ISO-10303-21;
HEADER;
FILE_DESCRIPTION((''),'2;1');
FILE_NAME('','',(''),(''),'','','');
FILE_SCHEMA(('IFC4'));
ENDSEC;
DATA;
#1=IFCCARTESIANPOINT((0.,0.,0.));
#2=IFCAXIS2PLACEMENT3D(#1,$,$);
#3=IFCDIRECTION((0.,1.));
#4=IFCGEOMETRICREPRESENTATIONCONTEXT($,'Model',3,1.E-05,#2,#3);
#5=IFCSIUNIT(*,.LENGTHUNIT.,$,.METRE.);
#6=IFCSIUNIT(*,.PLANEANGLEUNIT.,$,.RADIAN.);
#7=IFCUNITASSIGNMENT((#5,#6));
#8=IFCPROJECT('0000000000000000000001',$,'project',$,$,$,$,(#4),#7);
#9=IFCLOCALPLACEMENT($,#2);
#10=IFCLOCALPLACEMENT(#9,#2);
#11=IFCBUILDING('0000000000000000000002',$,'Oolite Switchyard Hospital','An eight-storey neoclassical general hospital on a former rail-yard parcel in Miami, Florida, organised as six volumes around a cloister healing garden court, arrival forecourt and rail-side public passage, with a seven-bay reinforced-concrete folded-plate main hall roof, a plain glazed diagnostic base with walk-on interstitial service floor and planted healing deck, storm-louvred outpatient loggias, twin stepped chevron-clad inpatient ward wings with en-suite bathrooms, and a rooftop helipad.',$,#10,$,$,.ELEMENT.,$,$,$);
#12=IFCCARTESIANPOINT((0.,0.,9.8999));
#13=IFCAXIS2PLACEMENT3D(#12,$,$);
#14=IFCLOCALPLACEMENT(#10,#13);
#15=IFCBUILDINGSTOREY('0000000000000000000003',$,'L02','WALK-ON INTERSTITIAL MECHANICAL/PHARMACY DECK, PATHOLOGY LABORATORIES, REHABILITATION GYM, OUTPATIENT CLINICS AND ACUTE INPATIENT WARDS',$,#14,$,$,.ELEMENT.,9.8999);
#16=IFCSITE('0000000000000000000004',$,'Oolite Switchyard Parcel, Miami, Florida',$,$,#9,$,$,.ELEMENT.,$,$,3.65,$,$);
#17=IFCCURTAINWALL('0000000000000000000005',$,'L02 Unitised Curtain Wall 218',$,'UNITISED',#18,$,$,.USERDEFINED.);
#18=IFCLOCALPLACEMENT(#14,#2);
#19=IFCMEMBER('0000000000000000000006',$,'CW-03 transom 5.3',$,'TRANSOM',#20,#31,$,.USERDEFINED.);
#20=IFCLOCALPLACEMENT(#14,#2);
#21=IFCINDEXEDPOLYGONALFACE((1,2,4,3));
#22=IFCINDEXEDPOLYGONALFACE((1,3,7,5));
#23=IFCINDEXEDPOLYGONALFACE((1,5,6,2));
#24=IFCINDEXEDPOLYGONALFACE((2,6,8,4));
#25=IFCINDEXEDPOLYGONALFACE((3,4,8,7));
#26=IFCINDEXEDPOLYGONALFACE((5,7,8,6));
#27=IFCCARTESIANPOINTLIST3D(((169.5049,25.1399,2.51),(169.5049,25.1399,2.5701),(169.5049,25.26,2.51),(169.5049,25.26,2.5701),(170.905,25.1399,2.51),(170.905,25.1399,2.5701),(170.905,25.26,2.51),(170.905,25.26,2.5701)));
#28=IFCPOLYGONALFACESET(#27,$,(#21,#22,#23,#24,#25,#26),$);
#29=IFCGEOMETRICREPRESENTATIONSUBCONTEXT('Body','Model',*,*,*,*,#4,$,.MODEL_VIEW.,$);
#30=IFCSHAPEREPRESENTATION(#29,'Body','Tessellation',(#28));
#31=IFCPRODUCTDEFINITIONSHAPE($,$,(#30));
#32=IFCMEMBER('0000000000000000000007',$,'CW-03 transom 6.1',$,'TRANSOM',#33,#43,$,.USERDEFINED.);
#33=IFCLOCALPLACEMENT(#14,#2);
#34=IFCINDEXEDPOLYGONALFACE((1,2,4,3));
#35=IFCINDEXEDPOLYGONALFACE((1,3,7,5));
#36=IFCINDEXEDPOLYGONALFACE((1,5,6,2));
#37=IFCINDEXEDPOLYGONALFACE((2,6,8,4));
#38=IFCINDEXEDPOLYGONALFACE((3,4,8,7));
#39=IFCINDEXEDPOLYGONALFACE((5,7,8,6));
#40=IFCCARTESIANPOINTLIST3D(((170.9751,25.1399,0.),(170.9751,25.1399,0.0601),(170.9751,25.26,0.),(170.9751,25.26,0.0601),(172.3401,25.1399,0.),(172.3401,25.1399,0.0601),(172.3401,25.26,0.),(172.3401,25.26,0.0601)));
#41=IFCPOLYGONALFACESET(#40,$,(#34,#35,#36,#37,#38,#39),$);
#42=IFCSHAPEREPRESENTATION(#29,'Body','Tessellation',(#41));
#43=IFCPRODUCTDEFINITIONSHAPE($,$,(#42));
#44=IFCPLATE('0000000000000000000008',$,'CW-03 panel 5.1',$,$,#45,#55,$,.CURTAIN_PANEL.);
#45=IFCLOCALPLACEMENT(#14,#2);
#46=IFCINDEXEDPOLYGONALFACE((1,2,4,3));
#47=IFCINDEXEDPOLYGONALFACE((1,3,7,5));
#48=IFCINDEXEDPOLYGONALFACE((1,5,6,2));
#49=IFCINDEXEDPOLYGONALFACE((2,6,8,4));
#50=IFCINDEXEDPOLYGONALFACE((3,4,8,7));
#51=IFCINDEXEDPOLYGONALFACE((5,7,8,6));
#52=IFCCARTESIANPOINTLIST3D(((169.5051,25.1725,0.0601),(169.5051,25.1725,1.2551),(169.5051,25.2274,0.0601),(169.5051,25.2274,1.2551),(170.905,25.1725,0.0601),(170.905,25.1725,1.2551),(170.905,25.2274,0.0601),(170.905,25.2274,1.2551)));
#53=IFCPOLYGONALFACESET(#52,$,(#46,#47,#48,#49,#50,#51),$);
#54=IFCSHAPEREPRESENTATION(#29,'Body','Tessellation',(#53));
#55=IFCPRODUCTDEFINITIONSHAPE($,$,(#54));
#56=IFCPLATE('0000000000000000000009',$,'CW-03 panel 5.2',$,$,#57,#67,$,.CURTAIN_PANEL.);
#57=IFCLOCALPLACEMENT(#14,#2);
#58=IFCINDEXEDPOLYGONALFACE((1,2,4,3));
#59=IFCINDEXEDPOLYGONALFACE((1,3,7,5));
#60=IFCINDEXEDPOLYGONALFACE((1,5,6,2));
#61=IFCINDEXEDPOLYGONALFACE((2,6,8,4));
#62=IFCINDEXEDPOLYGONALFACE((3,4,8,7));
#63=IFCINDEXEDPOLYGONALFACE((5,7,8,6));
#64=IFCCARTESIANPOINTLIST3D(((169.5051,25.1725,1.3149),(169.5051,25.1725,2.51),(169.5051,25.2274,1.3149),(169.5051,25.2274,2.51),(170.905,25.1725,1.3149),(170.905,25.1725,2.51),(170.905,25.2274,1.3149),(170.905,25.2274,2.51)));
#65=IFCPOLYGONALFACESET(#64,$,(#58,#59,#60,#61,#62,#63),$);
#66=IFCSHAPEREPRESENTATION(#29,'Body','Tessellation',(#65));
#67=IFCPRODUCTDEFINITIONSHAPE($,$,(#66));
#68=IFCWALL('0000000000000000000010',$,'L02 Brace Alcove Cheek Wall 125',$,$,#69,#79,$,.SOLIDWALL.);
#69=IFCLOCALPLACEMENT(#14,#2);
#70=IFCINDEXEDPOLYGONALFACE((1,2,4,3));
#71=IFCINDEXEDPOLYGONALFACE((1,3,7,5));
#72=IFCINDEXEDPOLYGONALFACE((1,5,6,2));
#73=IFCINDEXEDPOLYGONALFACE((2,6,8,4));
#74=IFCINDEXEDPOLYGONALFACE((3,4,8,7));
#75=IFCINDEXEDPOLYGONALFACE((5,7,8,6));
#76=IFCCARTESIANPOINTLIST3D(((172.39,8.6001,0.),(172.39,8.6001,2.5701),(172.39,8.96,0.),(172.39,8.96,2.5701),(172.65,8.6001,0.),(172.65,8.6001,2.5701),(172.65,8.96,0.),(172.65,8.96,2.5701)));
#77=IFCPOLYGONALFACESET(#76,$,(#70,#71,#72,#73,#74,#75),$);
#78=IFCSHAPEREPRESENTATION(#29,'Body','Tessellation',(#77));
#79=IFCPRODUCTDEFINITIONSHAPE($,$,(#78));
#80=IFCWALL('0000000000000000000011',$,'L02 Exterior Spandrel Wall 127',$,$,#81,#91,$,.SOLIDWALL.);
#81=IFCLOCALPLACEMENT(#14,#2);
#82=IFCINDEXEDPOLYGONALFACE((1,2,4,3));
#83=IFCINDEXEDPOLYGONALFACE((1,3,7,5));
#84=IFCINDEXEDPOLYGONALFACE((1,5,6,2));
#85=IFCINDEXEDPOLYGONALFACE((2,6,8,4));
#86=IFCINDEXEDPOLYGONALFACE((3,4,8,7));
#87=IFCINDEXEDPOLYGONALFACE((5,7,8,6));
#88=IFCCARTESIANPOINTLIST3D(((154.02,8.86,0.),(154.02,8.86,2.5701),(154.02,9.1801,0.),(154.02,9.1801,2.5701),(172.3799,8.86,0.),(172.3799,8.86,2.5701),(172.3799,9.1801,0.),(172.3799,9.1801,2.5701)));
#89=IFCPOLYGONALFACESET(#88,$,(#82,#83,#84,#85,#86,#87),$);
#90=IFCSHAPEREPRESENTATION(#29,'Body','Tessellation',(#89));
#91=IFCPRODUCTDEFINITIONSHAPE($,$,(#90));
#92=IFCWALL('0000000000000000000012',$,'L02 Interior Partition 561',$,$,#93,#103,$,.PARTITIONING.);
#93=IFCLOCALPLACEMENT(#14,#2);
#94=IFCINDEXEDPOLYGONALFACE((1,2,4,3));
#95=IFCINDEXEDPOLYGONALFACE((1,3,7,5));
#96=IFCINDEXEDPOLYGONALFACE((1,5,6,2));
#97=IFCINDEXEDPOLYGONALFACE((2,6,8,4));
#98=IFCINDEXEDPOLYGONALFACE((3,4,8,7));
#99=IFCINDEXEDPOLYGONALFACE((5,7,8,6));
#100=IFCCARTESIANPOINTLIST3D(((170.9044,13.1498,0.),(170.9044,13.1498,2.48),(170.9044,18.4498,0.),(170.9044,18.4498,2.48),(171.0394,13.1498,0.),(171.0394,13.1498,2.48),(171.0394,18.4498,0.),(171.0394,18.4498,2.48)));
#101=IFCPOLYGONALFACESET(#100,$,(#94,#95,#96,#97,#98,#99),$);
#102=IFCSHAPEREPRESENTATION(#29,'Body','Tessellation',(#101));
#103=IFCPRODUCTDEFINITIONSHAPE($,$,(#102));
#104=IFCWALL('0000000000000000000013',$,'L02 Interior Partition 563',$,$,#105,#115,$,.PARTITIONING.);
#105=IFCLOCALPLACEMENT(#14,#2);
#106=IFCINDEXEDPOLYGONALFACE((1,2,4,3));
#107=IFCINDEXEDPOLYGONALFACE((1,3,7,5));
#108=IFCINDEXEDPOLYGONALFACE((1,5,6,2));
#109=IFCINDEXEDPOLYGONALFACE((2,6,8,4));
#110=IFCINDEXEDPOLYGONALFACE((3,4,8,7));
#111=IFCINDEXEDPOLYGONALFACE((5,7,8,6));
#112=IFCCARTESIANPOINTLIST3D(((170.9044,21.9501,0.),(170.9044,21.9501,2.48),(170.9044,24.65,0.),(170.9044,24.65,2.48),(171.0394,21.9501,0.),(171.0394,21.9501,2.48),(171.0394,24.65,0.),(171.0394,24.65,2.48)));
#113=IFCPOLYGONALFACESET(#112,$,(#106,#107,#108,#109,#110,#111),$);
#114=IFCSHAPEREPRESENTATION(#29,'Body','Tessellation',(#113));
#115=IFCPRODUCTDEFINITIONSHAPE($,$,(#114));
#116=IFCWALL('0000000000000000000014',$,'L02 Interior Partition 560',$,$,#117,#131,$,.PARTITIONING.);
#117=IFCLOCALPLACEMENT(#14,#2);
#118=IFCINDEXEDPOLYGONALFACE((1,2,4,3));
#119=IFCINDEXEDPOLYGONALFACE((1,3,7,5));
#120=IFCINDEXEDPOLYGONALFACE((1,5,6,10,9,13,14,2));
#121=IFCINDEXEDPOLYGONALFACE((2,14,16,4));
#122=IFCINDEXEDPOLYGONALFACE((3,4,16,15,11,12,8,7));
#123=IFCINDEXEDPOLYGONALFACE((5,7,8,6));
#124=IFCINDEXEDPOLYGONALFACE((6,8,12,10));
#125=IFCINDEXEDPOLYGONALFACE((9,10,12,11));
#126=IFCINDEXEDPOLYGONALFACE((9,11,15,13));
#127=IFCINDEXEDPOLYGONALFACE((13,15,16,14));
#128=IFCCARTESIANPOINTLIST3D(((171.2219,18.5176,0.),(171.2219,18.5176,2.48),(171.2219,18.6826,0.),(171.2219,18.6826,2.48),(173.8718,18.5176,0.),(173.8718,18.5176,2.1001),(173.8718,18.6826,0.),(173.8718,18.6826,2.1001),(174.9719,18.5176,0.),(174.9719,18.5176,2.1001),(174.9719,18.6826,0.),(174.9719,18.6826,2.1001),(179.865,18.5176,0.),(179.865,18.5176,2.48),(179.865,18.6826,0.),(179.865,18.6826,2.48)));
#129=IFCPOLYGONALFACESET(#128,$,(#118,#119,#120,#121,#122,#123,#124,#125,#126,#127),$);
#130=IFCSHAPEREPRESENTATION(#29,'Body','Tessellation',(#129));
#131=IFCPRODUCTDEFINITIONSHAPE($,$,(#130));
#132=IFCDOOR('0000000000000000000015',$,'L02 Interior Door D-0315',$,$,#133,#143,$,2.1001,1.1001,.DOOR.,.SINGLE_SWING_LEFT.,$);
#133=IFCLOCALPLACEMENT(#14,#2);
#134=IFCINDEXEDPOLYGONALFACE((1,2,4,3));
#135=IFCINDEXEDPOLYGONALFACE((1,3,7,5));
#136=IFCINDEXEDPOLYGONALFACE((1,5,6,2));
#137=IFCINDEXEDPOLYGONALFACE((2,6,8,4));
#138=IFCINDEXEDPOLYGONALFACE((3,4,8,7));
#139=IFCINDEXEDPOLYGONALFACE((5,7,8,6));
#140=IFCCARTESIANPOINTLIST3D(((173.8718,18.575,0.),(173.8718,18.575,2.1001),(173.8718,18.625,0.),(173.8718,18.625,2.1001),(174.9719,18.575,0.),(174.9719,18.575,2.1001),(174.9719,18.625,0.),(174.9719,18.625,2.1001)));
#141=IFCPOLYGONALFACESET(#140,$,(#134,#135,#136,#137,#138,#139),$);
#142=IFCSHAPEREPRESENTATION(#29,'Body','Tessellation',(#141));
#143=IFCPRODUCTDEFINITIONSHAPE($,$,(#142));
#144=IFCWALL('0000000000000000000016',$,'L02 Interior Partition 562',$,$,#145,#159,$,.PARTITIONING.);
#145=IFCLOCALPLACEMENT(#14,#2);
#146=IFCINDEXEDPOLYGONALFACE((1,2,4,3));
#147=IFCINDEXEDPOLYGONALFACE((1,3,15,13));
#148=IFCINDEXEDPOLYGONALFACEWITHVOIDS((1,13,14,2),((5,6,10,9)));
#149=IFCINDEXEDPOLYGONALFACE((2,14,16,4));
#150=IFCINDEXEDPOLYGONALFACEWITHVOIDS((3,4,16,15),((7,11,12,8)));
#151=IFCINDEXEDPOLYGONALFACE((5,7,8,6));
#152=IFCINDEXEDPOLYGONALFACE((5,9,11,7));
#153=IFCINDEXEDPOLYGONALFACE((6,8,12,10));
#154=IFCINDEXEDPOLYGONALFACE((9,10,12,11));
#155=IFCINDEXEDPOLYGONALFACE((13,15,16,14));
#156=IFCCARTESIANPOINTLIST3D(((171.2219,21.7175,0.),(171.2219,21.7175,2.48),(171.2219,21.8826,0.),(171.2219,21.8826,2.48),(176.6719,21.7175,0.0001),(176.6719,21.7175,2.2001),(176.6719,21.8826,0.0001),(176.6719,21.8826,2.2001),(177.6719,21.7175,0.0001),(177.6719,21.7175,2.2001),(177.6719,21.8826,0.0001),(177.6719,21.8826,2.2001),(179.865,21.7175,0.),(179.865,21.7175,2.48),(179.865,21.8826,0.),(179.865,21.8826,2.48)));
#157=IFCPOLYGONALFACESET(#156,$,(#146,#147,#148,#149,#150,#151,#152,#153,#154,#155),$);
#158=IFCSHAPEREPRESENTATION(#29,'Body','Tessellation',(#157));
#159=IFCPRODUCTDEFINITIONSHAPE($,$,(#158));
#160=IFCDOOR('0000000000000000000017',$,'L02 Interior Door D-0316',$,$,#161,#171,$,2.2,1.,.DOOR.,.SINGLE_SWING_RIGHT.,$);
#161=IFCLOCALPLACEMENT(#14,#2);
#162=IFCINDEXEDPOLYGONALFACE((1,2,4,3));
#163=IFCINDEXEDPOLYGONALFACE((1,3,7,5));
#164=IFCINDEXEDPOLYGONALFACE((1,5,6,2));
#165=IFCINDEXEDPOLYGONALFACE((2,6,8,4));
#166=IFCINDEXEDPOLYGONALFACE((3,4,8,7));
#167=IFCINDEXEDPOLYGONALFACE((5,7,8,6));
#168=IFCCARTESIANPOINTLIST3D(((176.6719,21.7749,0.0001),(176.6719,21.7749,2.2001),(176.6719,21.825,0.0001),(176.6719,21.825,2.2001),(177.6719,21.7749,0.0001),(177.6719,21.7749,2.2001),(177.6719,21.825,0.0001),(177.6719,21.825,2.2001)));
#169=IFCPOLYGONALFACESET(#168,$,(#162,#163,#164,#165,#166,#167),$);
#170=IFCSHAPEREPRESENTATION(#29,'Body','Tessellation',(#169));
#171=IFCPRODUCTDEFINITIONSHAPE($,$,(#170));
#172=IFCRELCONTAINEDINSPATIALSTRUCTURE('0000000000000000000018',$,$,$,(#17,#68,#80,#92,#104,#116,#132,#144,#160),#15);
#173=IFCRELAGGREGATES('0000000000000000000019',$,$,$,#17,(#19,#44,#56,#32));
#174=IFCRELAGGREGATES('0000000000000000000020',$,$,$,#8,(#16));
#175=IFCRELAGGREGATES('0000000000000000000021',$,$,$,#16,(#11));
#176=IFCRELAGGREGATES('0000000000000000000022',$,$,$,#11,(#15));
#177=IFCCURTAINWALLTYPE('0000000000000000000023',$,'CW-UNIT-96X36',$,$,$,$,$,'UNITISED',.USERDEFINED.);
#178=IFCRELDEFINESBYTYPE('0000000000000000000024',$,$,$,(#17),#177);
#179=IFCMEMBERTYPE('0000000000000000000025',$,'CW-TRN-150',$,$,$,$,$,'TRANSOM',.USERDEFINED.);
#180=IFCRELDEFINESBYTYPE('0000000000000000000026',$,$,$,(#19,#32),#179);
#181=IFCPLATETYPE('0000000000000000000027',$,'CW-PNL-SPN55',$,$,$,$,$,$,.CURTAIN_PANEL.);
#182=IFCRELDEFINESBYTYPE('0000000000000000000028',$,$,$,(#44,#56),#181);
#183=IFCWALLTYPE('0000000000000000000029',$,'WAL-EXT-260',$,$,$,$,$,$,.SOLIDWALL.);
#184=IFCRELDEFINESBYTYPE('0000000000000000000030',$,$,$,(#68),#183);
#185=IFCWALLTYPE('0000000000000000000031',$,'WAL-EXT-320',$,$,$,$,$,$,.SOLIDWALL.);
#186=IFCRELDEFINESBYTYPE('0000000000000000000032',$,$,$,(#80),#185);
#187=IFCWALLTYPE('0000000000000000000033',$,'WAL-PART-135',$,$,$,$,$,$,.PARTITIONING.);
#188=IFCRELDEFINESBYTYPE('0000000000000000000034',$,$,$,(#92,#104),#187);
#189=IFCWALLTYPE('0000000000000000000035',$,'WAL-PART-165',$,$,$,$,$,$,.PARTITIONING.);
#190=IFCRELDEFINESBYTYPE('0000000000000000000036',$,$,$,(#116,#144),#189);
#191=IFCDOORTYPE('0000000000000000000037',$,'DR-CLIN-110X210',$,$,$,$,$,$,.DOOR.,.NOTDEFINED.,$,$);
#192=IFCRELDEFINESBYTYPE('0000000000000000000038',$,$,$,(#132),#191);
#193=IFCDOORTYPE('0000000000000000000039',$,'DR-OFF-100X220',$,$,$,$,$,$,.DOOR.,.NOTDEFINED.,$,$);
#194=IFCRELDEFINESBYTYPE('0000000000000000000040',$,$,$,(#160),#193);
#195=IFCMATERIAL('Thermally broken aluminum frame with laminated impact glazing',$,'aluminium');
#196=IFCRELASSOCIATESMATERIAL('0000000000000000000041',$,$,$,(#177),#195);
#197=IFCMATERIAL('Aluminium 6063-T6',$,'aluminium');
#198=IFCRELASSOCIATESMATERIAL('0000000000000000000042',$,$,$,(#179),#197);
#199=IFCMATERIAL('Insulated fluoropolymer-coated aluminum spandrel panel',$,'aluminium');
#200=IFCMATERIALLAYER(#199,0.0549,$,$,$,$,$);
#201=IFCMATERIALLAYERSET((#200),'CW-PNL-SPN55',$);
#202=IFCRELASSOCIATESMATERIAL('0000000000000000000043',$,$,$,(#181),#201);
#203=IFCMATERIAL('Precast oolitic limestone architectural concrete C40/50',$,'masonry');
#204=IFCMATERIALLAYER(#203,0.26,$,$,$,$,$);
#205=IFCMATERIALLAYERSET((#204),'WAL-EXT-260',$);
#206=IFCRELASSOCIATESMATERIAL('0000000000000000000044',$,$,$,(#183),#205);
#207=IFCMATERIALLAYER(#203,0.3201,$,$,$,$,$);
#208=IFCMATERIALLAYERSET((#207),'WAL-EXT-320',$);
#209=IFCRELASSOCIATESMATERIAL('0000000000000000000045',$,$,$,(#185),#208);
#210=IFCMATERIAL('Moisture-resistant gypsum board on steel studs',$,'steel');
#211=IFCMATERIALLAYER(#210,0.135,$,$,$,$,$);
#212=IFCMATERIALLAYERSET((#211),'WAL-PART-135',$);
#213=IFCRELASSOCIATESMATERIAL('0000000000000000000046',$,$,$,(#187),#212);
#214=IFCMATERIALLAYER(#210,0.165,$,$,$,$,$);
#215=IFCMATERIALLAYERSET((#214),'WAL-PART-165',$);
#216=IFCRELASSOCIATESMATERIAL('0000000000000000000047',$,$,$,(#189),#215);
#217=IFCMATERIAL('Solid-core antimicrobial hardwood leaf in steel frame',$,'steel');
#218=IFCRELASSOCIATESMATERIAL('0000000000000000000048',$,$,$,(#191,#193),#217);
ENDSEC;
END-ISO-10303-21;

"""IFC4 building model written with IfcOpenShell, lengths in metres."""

from ifc_helpers import new_model, si_unit, direction, frame, frame_2d, origin, origin_2d, place, context, subcontext, project, spatial, rectangle, extrude, material, layer, layer_set, material_profile, profile_set, type_object, element, fill, aggregate, save


model = new_model("IFC4")

# Units and contexts
model_context = context("Model", 3, precision=1e-05, world=origin(), true_north=direction((0.0, 1.0)))
body_context = subcontext(model_context, "Body", "Model", "MODEL_VIEW")
ifc_project = project(units=[si_unit("LENGTHUNIT", "METRE"), si_unit("PLANEANGLEUNIT", "RADIAN")], contexts=[model_context])

# Site, building, storey
site_placement = place(None, origin())
site = spatial("IfcSite", under=ifc_project, at=site_placement, Name="Oolite Switchyard Parcel, Miami, Florida", CompositionType="ELEMENT", RefElevation=3.65)
building_placement = place(site_placement, origin())
building = spatial("IfcBuilding", under=site, at=building_placement, Name="Oolite Switchyard Hospital", Description="An eight-storey neoclassical general hospital on a former rail-yard parcel in Miami, Florida, organised as six volumes around a cloister healing garden court, arrival forecourt and rail-side public passage, with a seven-bay reinforced-concrete folded-plate main hall roof, a plain glazed diagnostic base with walk-on interstitial service floor and planted healing deck, storm-louvred outpatient loggias, twin stepped chevron-clad inpatient ward wings with en-suite bathrooms, and a rooftop helipad.", CompositionType="ELEMENT")
storey_placement = place(building_placement, frame((0.0, 0.0, 9.8999)))
storey = spatial("IfcBuildingStorey", under=building, at=storey_placement, Name="L02", Description="WALK-ON INTERSTITIAL MECHANICAL/PHARMACY DECK, PATHOLOGY LABORATORIES, REHABILITATION GYM, OUTPATIENT CLINICS AND ACUTE INPATIENT WARDS", CompositionType="ELEMENT", Elevation=9.8999)

# Curtain wall
ifc_material_1 = material(Name="Thermally broken aluminum frame with laminated impact glazing", Category="aluminium")
ifc_material_2 = material(Name="Aluminium 6063-T6", Category="aluminium")
curtain_wall_type_1 = type_object("IfcCurtainWallType", Name="CW-UNIT-96X36", ElementType="UNITISED", PredefinedType="USERDEFINED", material=ifc_material_1)
curtain_wall_1_placement = place(storey_placement, origin())
curtain_wall_1 = element("IfcCurtainWall", 1, at=curtain_wall_1_placement, inside=storey, type_object=curtain_wall_type_1, Name="L02 Unitised Curtain Wall 218", ObjectType="UNITISED", PredefinedType="USERDEFINED")

# Members
ifc_material_profile_1 = material_profile(ifc_material_2, rectangle(XDim=0.1201, YDim=0.0601, at=origin_2d()), Name="CWT60X120")
ifc_profile_set_1 = profile_set([ifc_material_profile_1], Name="Aluminium 6063-T6")
member_type_1 = type_object("IfcMemberType", Name="CW-TRN-150", ElementType="TRANSOM", PredefinedType="USERDEFINED", material=ifc_profile_set_1)
member_1_placement = place(storey_placement, frame((169.5049, 25.2, 2.54), z_axis=(1.0, 0.0, 0.0), x_axis=(0.0, 1.0, 0.0)))
member_1 = element("IfcMember", 2, at=member_1_placement, type_object=member_type_1, Name="CW-03 transom 5.3", ObjectType="TRANSOM", PredefinedType="USERDEFINED", context=body_context, shape_type="SweptSolid", body=[
    extrude(rectangle(XDim=0.1201, YDim=0.0601, at=origin_2d()), origin(), (0.0, 0.0, 1.0), 1.4001),
])
member_2_placement = place(storey_placement, frame((170.9751, 25.2, 0.03), z_axis=(1.0, 0.0, 0.0), x_axis=(0.0, 1.0, 0.0)))
member_2 = element("IfcMember", 3, at=member_2_placement, type_object=member_type_1, Name="CW-03 transom 6.1", ObjectType="TRANSOM", PredefinedType="USERDEFINED", context=body_context, shape_type="SweptSolid", body=[
    extrude(rectangle(XDim=0.1201, YDim=0.0601, at=origin_2d()), origin(), (0.0, 0.0, 1.0), 1.365),
])

# Plates
ifc_material_3 = material(Name="Insulated fluoropolymer-coated aluminum spandrel panel", Category="aluminium")
ifc_layer_1 = layer(ifc_material_3, 0.0549)
ifc_layer_set_1 = layer_set([ifc_layer_1], Name="CW-PNL-SPN55")
plate_type = type_object("IfcPlateType", Name="CW-PNL-SPN55", PredefinedType="CURTAIN_PANEL", material=ifc_layer_set_1)
plate_1_placement = place(storey_placement, frame((170.2051, 25.2, 0.0601), z_axis=(0.0, 0.0, 1.0), x_axis=(1.0, 0.0, 0.0)))
plate_1 = element("IfcPlate", 4, at=plate_1_placement, type_object=plate_type, Name="CW-03 panel 5.1", PredefinedType="CURTAIN_PANEL", context=body_context, shape_type="SweptSolid", body=[
    extrude(rectangle(XDim=1.3999, YDim=0.0549, at=origin_2d()), origin(), (0.0, 0.0, 1.0), 1.1951),
])
plate_2_placement = place(storey_placement, frame((170.2051, 25.2, 1.3149), z_axis=(0.0, 0.0, 1.0), x_axis=(1.0, 0.0, 0.0)))
plate_2 = element("IfcPlate", 5, at=plate_2_placement, type_object=plate_type, Name="CW-03 panel 5.2", PredefinedType="CURTAIN_PANEL", context=body_context, shape_type="SweptSolid", body=[
    extrude(rectangle(XDim=1.3999, YDim=0.0549, at=origin_2d()), origin(), (0.0, 0.0, 1.0), 1.1951),
])
aggregate(curtain_wall_1, [member_1, plate_1, plate_2, member_2])

# Walls
ifc_material_4 = material(Name="Precast oolitic limestone architectural concrete C40/50", Category="masonry")
ifc_layer_2 = layer(ifc_material_4, 0.26)
ifc_layer_set_2 = layer_set([ifc_layer_2], Name="WAL-EXT-260")
wall_type_1 = type_object("IfcWallType", Name="WAL-EXT-260", PredefinedType="SOLIDWALL", material=ifc_layer_set_2)
wall_1_placement = place(storey_placement, frame((172.52, 8.6001, 0.0), z_axis=(0.0, 0.0, 1.0), x_axis=(0.0, 1.0, 0.0)))
element("IfcWall", 6, at=wall_1_placement, inside=storey, type_object=wall_type_1, Name="L02 Brace Alcove Cheek Wall 125", PredefinedType="SOLIDWALL", context=body_context, shape_type="SweptSolid", body=[
    extrude(rectangle(XDim=0.3599, YDim=0.26, at=frame_2d((0.1799, 0.0))), origin(), (0.0, 0.0, 1.0), 2.5701),
])
ifc_layer_3 = layer(ifc_material_4, 0.3201)
ifc_layer_set_3 = layer_set([ifc_layer_3], Name="WAL-EXT-320")
wall_type_2 = type_object("IfcWallType", Name="WAL-EXT-320", PredefinedType="SOLIDWALL", material=ifc_layer_set_3)
wall_2_placement = place(storey_placement, frame((172.3799, 9.02, 0.0), z_axis=(0.0, 0.0, 1.0), x_axis=(-1.0, 0.0, 0.0)))
element("IfcWall", 7, at=wall_2_placement, inside=storey, type_object=wall_type_2, Name="L02 Exterior Spandrel Wall 127", PredefinedType="SOLIDWALL", context=body_context, shape_type="SweptSolid", body=[
    extrude(rectangle(XDim=18.3599, YDim=0.3201, at=frame_2d((9.1799, 0.0))), origin(), (0.0, 0.0, 1.0), 2.5701),
])
ifc_material_5 = material(Name="Moisture-resistant gypsum board on steel studs", Category="steel")
ifc_layer_4 = layer(ifc_material_5, 0.135)
ifc_layer_set_4 = layer_set([ifc_layer_4], Name="WAL-PART-135")
wall_type_3 = type_object("IfcWallType", Name="WAL-PART-135", PredefinedType="PARTITIONING", material=ifc_layer_set_4)
wall_3_placement = place(storey_placement, frame((170.9719, 13.1499, 0.0), z_axis=(0.0, 0.0, 1.0), x_axis=(0.0, 1.0, 0.0)))
element("IfcWall", 8, at=wall_3_placement, inside=storey, type_object=wall_type_3, Name="L02 Interior Partition 561", PredefinedType="PARTITIONING", context=body_context, shape_type="SweptSolid", body=[
    extrude(rectangle(XDim=5.3, YDim=0.135, at=frame_2d((2.6499, 0.0))), origin(), (0.0, 0.0, 1.0), 2.48),
])
wall_4_placement = place(storey_placement, frame((170.9719, 21.95, 0.0), z_axis=(0.0, 0.0, 1.0), x_axis=(0.0, 1.0, 0.0)))
element("IfcWall", 9, at=wall_4_placement, inside=storey, type_object=wall_type_3, Name="L02 Interior Partition 563", PredefinedType="PARTITIONING", context=body_context, shape_type="SweptSolid", body=[
    extrude(rectangle(XDim=2.7, YDim=0.135, at=frame_2d((1.3501, 0.0))), origin(), (0.0, 0.0, 1.0), 2.48),
])

# Walls, openings, doors
ifc_layer_5 = layer(ifc_material_5, 0.165)
ifc_layer_set_5 = layer_set([ifc_layer_5], Name="WAL-PART-165")
wall_type_4 = type_object("IfcWallType", Name="WAL-PART-165", PredefinedType="PARTITIONING", material=ifc_layer_set_5)
wall_5_placement = place(storey_placement, frame((171.2219, 18.6001, 0.0), z_axis=(0.0, 0.0, 1.0), x_axis=(1.0, 0.0, 0.0)))
wall_5 = element("IfcWall", 10, at=wall_5_placement, inside=storey, type_object=wall_type_4, Name="L02 Interior Partition 560", PredefinedType="PARTITIONING", context=body_context, shape_type="SweptSolid", body=[
    extrude(rectangle(XDim=8.6431, YDim=0.165, at=frame_2d((4.3215, 0.0))), origin(), (0.0, 0.0, 1.0), 2.48),
])
opening_1_placement = place(wall_5_placement, frame((2.6499, 0.0, 0.0)))
opening_1 = element("IfcOpeningElement", 11, at=opening_1_placement, cuts=wall_5, PredefinedType="OPENING", context=body_context, shape_type="SweptSolid", body=[
    extrude(rectangle(XDim=1.1001, YDim=2.1001, at=frame_2d((0.55, 1.05))), frame((0.0, 0.0925, 0.0), z_axis=(0.0, -1.0, 0.0), x_axis=(1.0, 0.0, 0.0)), (0.0, 0.0, 1.0), 0.1851),
])
ifc_material_6 = material(Name="Solid-core antimicrobial hardwood leaf in steel frame", Category="steel")
door_type_1 = type_object("IfcDoorType", Name="DR-CLIN-110X210", OperationType="NOTDEFINED", PredefinedType="DOOR", material=ifc_material_6)
door_1_placement = place(opening_1_placement, origin())
door_1 = element("IfcDoor", 12, at=door_1_placement, inside=storey, type_object=door_type_1, Name="L02 Interior Door D-0315", OperationType="SINGLE_SWING_LEFT", OverallHeight=2.1001, OverallWidth=1.1001, PredefinedType="DOOR", context=body_context, shape_type="SweptSolid", body=[
    extrude(rectangle(XDim=1.1001, YDim=2.1001, at=frame_2d((0.55, 1.05))), frame((0.0, 0.0249, 0.0), z_axis=(0.0, -1.0, 0.0), x_axis=(1.0, 0.0, 0.0)), (0.0, 0.0, 1.0), 0.05),
])
fill(opening_1, door_1)
wall_6_placement = place(storey_placement, frame((171.2219, 21.8, 0.0), z_axis=(0.0, 0.0, 1.0), x_axis=(1.0, 0.0, 0.0)))
wall_6 = element("IfcWall", 13, at=wall_6_placement, inside=storey, type_object=wall_type_4, Name="L02 Interior Partition 562", PredefinedType="PARTITIONING", context=body_context, shape_type="SweptSolid", body=[
    extrude(rectangle(XDim=8.6431, YDim=0.165, at=frame_2d((4.3215, 0.0))), origin(), (0.0, 0.0, 1.0), 2.48),
])
opening_2_placement = place(wall_6_placement, frame((5.45, 0.0, 0.0)))
opening_2 = element("IfcOpeningElement", 14, at=opening_2_placement, cuts=wall_6, PredefinedType="OPENING", context=body_context, shape_type="SweptSolid", body=[
    extrude(rectangle(XDim=1.0, YDim=2.2, at=frame_2d((0.5, 1.1001))), frame((0.0, 0.0925, 0.0), z_axis=(0.0, -1.0, 0.0), x_axis=(1.0, 0.0, 0.0)), (0.0, 0.0, 1.0), 0.1851),
])
door_type_2 = type_object("IfcDoorType", Name="DR-OFF-100X220", OperationType="NOTDEFINED", PredefinedType="DOOR", material=ifc_material_6)
door_2_placement = place(opening_2_placement, origin())
door_2 = element("IfcDoor", 15, at=door_2_placement, inside=storey, type_object=door_type_2, Name="L02 Interior Door D-0316", OperationType="SINGLE_SWING_RIGHT", OverallHeight=2.2, OverallWidth=1.0, PredefinedType="DOOR", context=body_context, shape_type="SweptSolid", body=[
    extrude(rectangle(XDim=1.0, YDim=2.2, at=frame_2d((0.5, 1.1001))), frame((0.0, 0.0249, 0.0), z_axis=(0.0, -1.0, 0.0), x_axis=(1.0, 0.0, 0.0)), (0.0, 0.0, 1.0), 0.05),
])
fill(opening_2, door_2)

save(model, "model.ifc")
